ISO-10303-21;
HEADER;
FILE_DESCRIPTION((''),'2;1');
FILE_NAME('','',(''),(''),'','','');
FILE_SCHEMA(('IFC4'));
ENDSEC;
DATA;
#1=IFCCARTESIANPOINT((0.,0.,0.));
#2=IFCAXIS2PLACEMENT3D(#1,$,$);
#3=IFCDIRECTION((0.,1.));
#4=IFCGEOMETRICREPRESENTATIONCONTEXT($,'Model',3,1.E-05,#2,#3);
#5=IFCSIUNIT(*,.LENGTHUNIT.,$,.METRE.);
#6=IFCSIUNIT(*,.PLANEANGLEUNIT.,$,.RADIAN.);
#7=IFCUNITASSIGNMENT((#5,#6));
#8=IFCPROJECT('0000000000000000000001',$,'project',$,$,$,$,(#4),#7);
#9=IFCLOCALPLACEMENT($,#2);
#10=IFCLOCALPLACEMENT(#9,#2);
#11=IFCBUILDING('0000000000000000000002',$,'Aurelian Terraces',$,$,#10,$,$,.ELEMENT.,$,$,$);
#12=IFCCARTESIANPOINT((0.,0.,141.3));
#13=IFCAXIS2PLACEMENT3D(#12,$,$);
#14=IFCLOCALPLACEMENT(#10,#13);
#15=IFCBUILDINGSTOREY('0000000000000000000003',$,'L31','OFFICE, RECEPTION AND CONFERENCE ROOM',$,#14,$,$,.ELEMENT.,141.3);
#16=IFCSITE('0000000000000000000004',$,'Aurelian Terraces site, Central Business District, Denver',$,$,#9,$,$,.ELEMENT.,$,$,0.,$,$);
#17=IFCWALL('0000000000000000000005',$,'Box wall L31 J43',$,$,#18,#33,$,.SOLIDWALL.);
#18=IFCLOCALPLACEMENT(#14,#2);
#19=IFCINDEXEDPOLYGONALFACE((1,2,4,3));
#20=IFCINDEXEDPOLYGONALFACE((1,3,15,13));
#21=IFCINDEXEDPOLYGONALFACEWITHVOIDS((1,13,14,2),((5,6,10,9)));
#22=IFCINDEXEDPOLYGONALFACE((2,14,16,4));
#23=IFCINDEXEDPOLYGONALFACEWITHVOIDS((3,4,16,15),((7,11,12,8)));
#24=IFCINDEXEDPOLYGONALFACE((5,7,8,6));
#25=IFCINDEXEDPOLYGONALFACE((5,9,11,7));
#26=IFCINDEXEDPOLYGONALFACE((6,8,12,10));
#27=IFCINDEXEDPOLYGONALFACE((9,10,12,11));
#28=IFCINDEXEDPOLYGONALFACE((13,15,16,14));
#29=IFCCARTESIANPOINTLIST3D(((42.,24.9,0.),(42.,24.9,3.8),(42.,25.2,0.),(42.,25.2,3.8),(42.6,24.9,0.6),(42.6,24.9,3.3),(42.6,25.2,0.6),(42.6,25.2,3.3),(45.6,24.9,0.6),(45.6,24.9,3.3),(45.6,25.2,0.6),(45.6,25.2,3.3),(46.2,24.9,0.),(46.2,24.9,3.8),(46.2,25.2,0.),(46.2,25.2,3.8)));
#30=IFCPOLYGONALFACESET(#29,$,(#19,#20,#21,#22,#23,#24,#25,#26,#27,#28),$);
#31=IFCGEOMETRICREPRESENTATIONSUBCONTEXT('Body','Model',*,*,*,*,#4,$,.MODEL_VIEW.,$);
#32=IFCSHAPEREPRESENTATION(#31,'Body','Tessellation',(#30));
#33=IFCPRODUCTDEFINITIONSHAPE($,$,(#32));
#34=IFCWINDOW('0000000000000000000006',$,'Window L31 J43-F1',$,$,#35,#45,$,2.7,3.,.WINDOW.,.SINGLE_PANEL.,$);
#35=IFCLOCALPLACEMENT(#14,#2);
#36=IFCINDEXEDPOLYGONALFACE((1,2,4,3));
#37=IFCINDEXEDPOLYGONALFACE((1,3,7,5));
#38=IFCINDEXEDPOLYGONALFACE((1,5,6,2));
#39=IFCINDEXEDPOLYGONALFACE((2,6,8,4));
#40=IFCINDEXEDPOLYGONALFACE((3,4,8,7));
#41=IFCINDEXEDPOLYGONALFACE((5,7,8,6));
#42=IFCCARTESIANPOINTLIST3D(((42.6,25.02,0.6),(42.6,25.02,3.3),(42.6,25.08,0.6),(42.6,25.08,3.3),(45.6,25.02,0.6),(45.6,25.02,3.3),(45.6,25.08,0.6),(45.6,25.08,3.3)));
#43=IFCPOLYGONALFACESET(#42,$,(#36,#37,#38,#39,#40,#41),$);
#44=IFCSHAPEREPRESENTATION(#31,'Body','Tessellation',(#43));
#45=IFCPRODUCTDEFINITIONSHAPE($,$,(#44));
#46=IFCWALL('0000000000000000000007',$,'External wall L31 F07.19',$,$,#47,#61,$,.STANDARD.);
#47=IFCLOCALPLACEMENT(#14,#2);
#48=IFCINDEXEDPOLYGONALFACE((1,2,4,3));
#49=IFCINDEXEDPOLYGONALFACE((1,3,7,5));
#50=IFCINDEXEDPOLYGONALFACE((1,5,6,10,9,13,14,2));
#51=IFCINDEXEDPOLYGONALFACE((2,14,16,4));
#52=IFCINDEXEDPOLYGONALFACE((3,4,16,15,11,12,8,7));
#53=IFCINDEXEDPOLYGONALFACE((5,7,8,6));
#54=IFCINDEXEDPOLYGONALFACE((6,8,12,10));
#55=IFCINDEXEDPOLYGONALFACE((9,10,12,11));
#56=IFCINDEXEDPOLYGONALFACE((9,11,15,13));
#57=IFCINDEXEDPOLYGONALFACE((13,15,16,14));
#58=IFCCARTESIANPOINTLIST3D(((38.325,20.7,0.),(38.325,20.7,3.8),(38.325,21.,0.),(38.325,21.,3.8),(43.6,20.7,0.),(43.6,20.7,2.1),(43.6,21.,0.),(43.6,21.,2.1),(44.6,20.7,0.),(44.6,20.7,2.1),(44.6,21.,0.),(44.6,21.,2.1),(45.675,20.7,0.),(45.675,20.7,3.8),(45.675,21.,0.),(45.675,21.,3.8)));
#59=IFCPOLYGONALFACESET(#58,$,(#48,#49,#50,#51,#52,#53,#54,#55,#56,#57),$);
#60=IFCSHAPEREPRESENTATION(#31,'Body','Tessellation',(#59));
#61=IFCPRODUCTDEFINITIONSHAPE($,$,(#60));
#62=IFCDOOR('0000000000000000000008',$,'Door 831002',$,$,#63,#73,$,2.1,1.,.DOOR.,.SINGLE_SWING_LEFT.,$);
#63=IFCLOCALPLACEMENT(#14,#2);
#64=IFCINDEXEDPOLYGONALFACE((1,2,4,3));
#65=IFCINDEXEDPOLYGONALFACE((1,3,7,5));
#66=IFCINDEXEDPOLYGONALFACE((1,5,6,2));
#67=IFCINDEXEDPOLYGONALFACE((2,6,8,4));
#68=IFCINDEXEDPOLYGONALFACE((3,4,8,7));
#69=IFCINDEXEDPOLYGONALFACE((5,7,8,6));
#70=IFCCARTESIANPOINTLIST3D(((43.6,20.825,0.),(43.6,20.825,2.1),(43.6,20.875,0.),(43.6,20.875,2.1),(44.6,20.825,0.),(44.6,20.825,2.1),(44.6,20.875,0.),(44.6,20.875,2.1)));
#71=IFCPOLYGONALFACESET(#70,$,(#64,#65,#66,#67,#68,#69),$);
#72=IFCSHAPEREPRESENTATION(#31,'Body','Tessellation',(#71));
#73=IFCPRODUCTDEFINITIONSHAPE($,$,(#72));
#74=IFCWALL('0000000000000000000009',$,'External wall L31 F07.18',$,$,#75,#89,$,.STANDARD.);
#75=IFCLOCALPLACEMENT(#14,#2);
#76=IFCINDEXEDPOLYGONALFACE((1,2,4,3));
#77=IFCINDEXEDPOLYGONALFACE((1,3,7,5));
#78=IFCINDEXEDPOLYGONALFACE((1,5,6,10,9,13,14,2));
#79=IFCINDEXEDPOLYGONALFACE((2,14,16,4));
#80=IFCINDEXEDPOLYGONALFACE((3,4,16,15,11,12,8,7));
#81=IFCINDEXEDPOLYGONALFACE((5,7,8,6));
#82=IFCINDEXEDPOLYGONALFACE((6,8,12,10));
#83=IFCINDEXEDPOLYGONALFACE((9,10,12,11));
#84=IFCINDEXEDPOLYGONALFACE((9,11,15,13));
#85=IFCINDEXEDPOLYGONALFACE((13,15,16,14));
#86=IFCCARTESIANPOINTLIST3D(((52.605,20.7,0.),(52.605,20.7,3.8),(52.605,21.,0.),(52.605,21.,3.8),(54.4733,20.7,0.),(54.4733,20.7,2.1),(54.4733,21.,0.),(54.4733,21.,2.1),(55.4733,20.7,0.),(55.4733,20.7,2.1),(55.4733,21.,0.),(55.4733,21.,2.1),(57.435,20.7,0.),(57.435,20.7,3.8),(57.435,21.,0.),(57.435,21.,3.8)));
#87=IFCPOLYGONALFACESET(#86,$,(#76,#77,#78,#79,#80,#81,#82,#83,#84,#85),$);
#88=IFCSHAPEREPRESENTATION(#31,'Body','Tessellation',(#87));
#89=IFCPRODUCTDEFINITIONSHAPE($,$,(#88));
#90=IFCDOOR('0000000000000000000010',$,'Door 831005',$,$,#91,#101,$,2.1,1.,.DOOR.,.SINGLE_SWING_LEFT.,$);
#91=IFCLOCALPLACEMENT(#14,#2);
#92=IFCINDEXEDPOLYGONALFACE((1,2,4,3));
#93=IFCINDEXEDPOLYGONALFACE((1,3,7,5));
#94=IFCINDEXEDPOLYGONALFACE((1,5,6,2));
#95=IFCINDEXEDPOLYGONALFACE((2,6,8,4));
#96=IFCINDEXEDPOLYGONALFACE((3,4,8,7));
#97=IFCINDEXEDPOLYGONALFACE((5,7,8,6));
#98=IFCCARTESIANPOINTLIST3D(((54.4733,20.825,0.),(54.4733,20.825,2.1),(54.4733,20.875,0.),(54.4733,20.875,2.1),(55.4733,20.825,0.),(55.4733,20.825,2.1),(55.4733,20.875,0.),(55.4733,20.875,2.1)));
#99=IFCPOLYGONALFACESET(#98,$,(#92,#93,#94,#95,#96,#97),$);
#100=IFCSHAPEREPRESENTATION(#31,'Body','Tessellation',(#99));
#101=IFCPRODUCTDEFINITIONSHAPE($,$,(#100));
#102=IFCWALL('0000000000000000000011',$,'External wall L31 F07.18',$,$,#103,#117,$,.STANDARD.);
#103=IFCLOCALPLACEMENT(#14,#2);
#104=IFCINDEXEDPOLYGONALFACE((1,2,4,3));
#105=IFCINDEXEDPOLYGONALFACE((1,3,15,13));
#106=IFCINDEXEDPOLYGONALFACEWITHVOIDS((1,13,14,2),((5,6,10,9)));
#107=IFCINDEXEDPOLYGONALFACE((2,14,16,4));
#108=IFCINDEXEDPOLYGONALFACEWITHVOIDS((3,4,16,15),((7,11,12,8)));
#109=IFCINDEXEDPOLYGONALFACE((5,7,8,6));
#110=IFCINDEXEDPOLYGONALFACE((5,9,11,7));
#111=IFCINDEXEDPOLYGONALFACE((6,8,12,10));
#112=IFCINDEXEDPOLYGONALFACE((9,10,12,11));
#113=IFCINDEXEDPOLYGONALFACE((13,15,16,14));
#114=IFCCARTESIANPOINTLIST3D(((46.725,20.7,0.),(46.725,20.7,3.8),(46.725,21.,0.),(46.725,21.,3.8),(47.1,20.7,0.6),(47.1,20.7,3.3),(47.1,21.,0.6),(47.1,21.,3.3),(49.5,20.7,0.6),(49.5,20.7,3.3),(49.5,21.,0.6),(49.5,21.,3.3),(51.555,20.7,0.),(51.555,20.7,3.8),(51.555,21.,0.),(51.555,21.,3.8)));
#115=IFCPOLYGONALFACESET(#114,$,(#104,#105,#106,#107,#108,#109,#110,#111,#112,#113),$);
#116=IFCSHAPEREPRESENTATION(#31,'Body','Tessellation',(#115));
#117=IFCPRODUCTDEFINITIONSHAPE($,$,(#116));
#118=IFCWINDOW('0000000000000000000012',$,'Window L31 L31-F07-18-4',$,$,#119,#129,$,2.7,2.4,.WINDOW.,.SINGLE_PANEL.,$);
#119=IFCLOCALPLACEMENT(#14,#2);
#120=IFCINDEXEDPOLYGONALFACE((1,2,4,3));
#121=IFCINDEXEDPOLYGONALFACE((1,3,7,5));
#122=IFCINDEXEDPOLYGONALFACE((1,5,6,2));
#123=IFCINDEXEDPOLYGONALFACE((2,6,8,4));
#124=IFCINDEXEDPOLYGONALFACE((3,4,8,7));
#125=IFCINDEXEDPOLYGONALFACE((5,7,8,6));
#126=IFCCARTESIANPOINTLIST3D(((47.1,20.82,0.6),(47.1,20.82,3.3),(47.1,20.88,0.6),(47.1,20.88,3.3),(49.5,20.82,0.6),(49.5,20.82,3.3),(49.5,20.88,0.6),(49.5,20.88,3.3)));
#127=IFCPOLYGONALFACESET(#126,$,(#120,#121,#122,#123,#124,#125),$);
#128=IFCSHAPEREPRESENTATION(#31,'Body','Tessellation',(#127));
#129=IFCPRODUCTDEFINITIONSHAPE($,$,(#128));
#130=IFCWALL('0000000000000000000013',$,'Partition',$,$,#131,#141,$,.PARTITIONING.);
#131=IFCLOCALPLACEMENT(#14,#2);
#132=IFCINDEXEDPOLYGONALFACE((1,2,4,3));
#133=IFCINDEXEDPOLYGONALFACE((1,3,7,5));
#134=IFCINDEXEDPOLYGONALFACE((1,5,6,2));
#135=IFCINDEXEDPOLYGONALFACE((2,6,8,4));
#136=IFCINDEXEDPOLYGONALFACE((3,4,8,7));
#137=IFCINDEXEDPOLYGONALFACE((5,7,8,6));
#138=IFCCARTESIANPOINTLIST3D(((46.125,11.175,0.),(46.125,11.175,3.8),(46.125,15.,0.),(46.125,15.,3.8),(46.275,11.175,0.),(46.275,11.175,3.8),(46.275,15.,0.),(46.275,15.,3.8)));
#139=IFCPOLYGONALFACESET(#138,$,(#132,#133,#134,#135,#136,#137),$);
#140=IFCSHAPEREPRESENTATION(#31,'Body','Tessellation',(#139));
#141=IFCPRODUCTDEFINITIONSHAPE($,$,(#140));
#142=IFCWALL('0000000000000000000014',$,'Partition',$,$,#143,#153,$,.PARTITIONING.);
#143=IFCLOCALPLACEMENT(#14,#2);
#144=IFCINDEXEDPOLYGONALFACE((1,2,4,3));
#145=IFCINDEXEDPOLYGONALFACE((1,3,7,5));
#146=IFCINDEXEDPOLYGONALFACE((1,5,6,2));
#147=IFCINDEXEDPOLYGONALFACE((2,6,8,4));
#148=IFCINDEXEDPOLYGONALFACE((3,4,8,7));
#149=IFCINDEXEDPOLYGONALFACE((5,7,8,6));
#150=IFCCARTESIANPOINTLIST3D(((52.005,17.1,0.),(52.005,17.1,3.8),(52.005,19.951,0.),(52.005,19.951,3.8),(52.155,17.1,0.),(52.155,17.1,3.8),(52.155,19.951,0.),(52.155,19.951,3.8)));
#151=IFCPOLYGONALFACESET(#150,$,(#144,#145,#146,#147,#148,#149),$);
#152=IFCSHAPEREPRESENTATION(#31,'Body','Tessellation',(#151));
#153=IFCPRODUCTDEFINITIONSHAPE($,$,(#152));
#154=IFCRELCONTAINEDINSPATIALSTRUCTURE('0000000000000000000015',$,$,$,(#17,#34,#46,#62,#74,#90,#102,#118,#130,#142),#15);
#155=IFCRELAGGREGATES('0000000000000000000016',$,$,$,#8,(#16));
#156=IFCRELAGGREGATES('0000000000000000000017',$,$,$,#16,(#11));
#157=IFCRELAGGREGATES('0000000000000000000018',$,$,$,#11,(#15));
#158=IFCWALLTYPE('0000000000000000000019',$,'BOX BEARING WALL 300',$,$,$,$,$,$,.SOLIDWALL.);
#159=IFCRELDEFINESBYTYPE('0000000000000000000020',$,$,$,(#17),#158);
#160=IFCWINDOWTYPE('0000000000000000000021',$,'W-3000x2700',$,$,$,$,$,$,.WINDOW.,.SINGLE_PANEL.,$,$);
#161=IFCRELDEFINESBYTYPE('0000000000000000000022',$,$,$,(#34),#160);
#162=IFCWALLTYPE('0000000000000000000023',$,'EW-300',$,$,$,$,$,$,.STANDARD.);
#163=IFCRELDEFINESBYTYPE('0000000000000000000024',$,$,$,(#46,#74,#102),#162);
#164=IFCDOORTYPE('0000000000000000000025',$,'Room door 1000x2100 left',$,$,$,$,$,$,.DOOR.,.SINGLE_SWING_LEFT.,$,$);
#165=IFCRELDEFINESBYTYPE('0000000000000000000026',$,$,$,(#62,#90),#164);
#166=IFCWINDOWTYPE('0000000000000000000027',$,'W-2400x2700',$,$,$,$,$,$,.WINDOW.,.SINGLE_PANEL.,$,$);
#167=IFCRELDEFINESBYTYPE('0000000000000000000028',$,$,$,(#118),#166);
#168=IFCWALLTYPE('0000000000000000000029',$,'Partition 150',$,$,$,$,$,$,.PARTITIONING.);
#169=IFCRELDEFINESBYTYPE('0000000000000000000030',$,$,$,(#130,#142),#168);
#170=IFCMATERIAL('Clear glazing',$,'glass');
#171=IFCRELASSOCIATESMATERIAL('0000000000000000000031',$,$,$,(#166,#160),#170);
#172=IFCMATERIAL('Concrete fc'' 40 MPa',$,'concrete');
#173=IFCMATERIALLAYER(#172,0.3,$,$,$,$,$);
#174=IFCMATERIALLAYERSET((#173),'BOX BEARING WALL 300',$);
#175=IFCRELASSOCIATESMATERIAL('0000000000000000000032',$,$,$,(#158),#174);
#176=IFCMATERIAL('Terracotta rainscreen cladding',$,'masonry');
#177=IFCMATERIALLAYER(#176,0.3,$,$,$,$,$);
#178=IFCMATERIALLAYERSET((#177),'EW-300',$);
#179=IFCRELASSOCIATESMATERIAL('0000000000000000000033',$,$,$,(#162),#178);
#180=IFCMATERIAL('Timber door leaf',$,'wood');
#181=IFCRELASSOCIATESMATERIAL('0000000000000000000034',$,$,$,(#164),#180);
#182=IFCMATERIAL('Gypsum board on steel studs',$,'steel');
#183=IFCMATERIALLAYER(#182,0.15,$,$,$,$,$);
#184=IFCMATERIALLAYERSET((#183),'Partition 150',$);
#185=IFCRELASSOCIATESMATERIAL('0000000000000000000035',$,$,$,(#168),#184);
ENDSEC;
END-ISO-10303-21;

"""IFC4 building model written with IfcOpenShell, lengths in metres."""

from ifc_helpers import new_model, si_unit, direction, frame, frame_2d, origin, place, context, subcontext, project, spatial, rectangle, extrude, source, transform, mapped, material, layer, layer_set, type_object, element, fill, save


model = new_model("IFC4")

# Units and contexts
model_context = context("Model", 3, precision=1e-05, world=origin(), true_north=direction((0.0, 1.0)))
body_context = subcontext(model_context, "Body", "Model", "MODEL_VIEW")
ifc_project = project(units=[si_unit("LENGTHUNIT", "METRE"), si_unit("PLANEANGLEUNIT", "RADIAN")], contexts=[model_context])

# Site, building, storey
site_placement = place(None, origin())
site = spatial("IfcSite", under=ifc_project, at=site_placement, Name="Aurelian Terraces site, Central Business District, Denver", CompositionType="ELEMENT", RefElevation=0.0)
building_placement = place(site_placement, origin())
building = spatial("IfcBuilding", under=site, at=building_placement, Name="Aurelian Terraces", CompositionType="ELEMENT")
storey_placement = place(building_placement, frame((0.0, 0.0, 141.3)))
storey = spatial("IfcBuildingStorey", under=building, at=storey_placement, Name="L31", Description="OFFICE, RECEPTION AND CONFERENCE ROOM", CompositionType="ELEMENT", Elevation=141.3)

# Wall, opening, window
ifc_material_1 = material(Name="Concrete fc' 40 MPa", Category="concrete")
ifc_material_2 = material(Name="Clear glazing", Category="glass")
window_type_1 = type_object("IfcWindowType", Name="W-2400x2700", PartitioningType="SINGLE_PANEL", PredefinedType="WINDOW", material=ifc_material_2)
shared_shape_1 = source(origin(), body_context, "Body", "SweptSolid", [
    extrude(rectangle(XDim=2.4, YDim=2.7, at=frame_2d((1.2, 1.35))), frame((0.0, 0.03, 0.0), z_axis=(0.0, -1.0, 0.0), x_axis=(1.0, 0.0, 0.0)), (0.0, 0.0, 1.0), 0.06),
])
ifc_layer_1 = layer(ifc_material_1, 0.3)
ifc_layer_set_1 = layer_set([ifc_layer_1], Name="BOX BEARING WALL 300")
wall_type_1 = type_object("IfcWallType", Name="BOX BEARING WALL 300", PredefinedType="SOLIDWALL", material=ifc_layer_set_1)
shared_shape_2 = source(origin(), body_context, "Body", "SweptSolid", [
    extrude(rectangle(XDim=4.2, YDim=0.3, at=frame_2d((2.1, 0.0))), origin(), (0.0, 0.0, 1.0), 3.8),
])
wall_1_placement = place(storey_placement, frame((46.2, 25.05, 0.0), z_axis=(0.0, 0.0, 1.0), x_axis=(-1.0, 0.0, 0.0)))
wall_1 = element("IfcWall", 1, at=wall_1_placement, inside=storey, type_object=wall_type_1, Name="Box wall L31 J43", PredefinedType="SOLIDWALL", context=body_context, shape_type="MappedRepresentation", body=[
    mapped(shared_shape_2, transform((0.0, 0.0, 0.0), scale=1.0)),
])
shared_shape_3 = source(origin(), body_context, "Body", "SweptSolid", [
    extrude(rectangle(XDim=3.0, YDim=2.7, at=frame_2d((1.5, 1.35))), frame((0.0, 0.16, 0.0), z_axis=(0.0, -1.0, 0.0), x_axis=(1.0, 0.0, 0.0)), (0.0, 0.0, 1.0), 0.32),
])
opening_1_placement = place(wall_1_placement, frame((0.6, 0.0, 0.6)))
opening_1 = element("IfcOpeningElement", 2, at=opening_1_placement, cuts=wall_1, PredefinedType="OPENING", context=body_context, shape_type="MappedRepresentation", body=[
    mapped(shared_shape_3, transform((0.0, 0.0, 0.0), scale=1.0)),
])
window_type_2 = type_object("IfcWindowType", Name="W-3000x2700", PartitioningType="SINGLE_PANEL", PredefinedType="WINDOW", material=ifc_material_2)
shared_shape_4 = source(origin(), body_context, "Body", "SweptSolid", [
    extrude(rectangle(XDim=3.0, YDim=2.7, at=frame_2d((1.5, 1.35))), frame((0.0, 0.03, 0.0), z_axis=(0.0, -1.0, 0.0), x_axis=(1.0, 0.0, 0.0)), (0.0, 0.0, 1.0), 0.06),
])
window_1_placement = place(opening_1_placement, origin())
window_1 = element("IfcWindow", 3, at=window_1_placement, inside=storey, type_object=window_type_2, Name="Window L31 J43-F1", OverallHeight=2.7, OverallWidth=3.0, PartitioningType="SINGLE_PANEL", PredefinedType="WINDOW", context=body_context, shape_type="MappedRepresentation", body=[
    mapped(shared_shape_4, transform((0.0, 0.0, 0.0), scale=1.0)),
])
fill(opening_1, window_1)

# Walls, openings, doors
ifc_material_3 = material(Name="Terracotta rainscreen cladding", Category="masonry")
ifc_layer_2 = layer(ifc_material_3, 0.3)
ifc_layer_set_2 = layer_set([ifc_layer_2], Name="EW-300")
wall_type_2 = type_object("IfcWallType", Name="EW-300", PredefinedType="STANDARD", material=ifc_layer_set_2)
shared_shape_5 = source(origin(), body_context, "Body", "SweptSolid", [
    extrude(rectangle(XDim=7.35, YDim=0.3, at=frame_2d((3.675, 0.0))), origin(), (0.0, 0.0, 1.0), 3.8),
])
wall_2_placement = place(storey_placement, frame((45.675, 20.85, 0.0), z_axis=(0.0, 0.0, 1.0), x_axis=(-1.0, 0.0, 0.0)))
wall_2 = element("IfcWall", 4, at=wall_2_placement, inside=storey, type_object=wall_type_2, Name="External wall L31 F07.19", PredefinedType="STANDARD", context=body_context, shape_type="MappedRepresentation", body=[
    mapped(shared_shape_5, transform((0.0, 0.0, 0.0), scale=1.0)),
])
shared_shape_6 = source(origin(), body_context, "Body", "SweptSolid", [
    extrude(rectangle(XDim=1.0, YDim=2.1, at=frame_2d((0.5, 1.05))), frame((0.0, 0.16, 0.0), z_axis=(0.0, -1.0, 0.0), x_axis=(1.0, 0.0, 0.0)), (0.0, 0.0, 1.0), 0.32),
])
opening_2_placement = place(wall_2_placement, frame((1.075, 0.0, 0.0)))
opening_2 = element("IfcOpeningElement", 5, at=opening_2_placement, cuts=wall_2, PredefinedType="OPENING", context=body_context, shape_type="MappedRepresentation", body=[
    mapped(shared_shape_6, transform((0.0, 0.0, 0.0), scale=1.0)),
])
ifc_material_4 = material(Name="Timber door leaf", Category="wood")
door_type = type_object("IfcDoorType", Name="Room door 1000x2100 left", OperationType="SINGLE_SWING_LEFT", PredefinedType="DOOR", material=ifc_material_4)
shared_shape_7 = source(origin(), body_context, "Body", "SweptSolid", [
    extrude(rectangle(XDim=1.0, YDim=2.1, at=frame_2d((0.5, 1.05))), frame((0.0, 0.025, 0.0), z_axis=(0.0, -1.0, 0.0), x_axis=(1.0, 0.0, 0.0)), (0.0, 0.0, 1.0), 0.05),
])
door_1_placement = place(opening_2_placement, origin())
door_1 = element("IfcDoor", 6, at=door_1_placement, inside=storey, type_object=door_type, Name="Door 831002", OperationType="SINGLE_SWING_LEFT", OverallHeight=2.1, OverallWidth=1.0, PredefinedType="DOOR", context=body_context, shape_type="MappedRepresentation", body=[
    mapped(shared_shape_7, transform((0.0, 0.0, 0.0), scale=1.0)),
])
fill(opening_2, door_1)
shared_shape_8 = source(origin(), body_context, "Body", "SweptSolid", [
    extrude(rectangle(XDim=4.83, YDim=0.3, at=frame_2d((2.415, 0.0))), origin(), (0.0, 0.0, 1.0), 3.8),
])
wall_3_placement = place(storey_placement, frame((57.435, 20.85, 0.0), z_axis=(0.0, 0.0, 1.0), x_axis=(-1.0, 0.0, 0.0)))
wall_3 = element("IfcWall", 7, at=wall_3_placement, inside=storey, type_object=wall_type_2, Name="External wall L31 F07.18", PredefinedType="STANDARD", context=body_context, shape_type="MappedRepresentation", body=[
    mapped(shared_shape_8, transform((0.0, 0.0, 0.0), scale=1.0)),
])
opening_3_placement = place(wall_3_placement, frame((1.9617, 0.0, 0.0)))
opening_3 = element("IfcOpeningElement", 8, at=opening_3_placement, cuts=wall_3, PredefinedType="OPENING", context=body_context, shape_type="MappedRepresentation", body=[
    mapped(shared_shape_6, transform((0.0, 0.0, 0.0), scale=1.0)),
])
door_2_placement = place(opening_3_placement, origin())
door_2 = element("IfcDoor", 9, at=door_2_placement, inside=storey, type_object=door_type, Name="Door 831005", OperationType="SINGLE_SWING_LEFT", OverallHeight=2.1, OverallWidth=1.0, PredefinedType="DOOR", context=body_context, shape_type="MappedRepresentation", body=[
    mapped(shared_shape_7, transform((0.0, 0.0, 0.0), scale=1.0)),
])
fill(opening_3, door_2)

# Wall, opening, window
wall_4_placement = place(storey_placement, frame((51.555, 20.85, 0.0), z_axis=(0.0, 0.0, 1.0), x_axis=(-1.0, 0.0, 0.0)))
wall_4 = element("IfcWall", 10, at=wall_4_placement, inside=storey, type_object=wall_type_2, Name="External wall L31 F07.18", PredefinedType="STANDARD", context=body_context, shape_type="MappedRepresentation", body=[
    mapped(shared_shape_8, transform((0.0, 0.0, 0.0), scale=1.0)),
])
shared_shape_9 = source(origin(), body_context, "Body", "SweptSolid", [
    extrude(rectangle(XDim=2.4, YDim=2.7, at=frame_2d((1.2, 1.35))), frame((0.0, 0.16, 0.0), z_axis=(0.0, -1.0, 0.0), x_axis=(1.0, 0.0, 0.0)), (0.0, 0.0, 1.0), 0.32),
])
opening_4_placement = place(wall_4_placement, frame((2.055, 0.0, 0.6)))
opening_4 = element("IfcOpeningElement", 11, at=opening_4_placement, cuts=wall_4, PredefinedType="OPENING", context=body_context, shape_type="MappedRepresentation", body=[
    mapped(shared_shape_9, transform((0.0, 0.0, 0.0), scale=1.0)),
])
window_2_placement = place(opening_4_placement, origin())
window_2 = element("IfcWindow", 12, at=window_2_placement, inside=storey, type_object=window_type_1, Name="Window L31 L31-F07-18-4", OverallHeight=2.7, OverallWidth=2.4, PartitioningType="SINGLE_PANEL", PredefinedType="WINDOW", context=body_context, shape_type="MappedRepresentation", body=[
    mapped(shared_shape_1, transform((0.0, 0.0, 0.0), scale=1.0)),
])
fill(opening_4, window_2)

# Walls
ifc_material_5 = material(Name="Gypsum board on steel studs", Category="steel")
ifc_layer_3 = layer(ifc_material_5, 0.15)
ifc_layer_set_3 = layer_set([ifc_layer_3], Name="Partition 150")
wall_type_3 = type_object("IfcWallType", Name="Partition 150", PredefinedType="PARTITIONING", material=ifc_layer_set_3)
shared_shape_10 = source(origin(), body_context, "Body", "SweptSolid", [
    extrude(rectangle(XDim=3.825, YDim=0.15, at=frame_2d((1.9125, 0.0))), origin(), (0.0, 0.0, 1.0), 3.8),
])
wall_5_placement = place(storey_placement, frame((46.2, 11.175, 0.0), z_axis=(0.0, 0.0, 1.0), x_axis=(0.0, 1.0, 0.0)))
element("IfcWall", 13, at=wall_5_placement, inside=storey, type_object=wall_type_3, Name="Partition", PredefinedType="PARTITIONING", context=body_context, shape_type="MappedRepresentation", body=[
    mapped(shared_shape_10, transform((0.0, 0.0, 0.0), scale=1.0)),
])
shared_shape_11 = source(origin(), body_context, "Body", "SweptSolid", [
    extrude(rectangle(XDim=2.851, YDim=0.15, at=frame_2d((1.4255, 0.0))), origin(), (0.0, 0.0, 1.0), 3.8),
])
for number, where, z_axis, x_axis, name in (
    (14, (52.08, 19.951, 0.0), (0.0, 0.0, 1.0), (0.0, -1.0, 0.0), "Partition"),
):
    element("IfcWall", number, at=place(storey_placement, frame(where, z_axis=z_axis, x_axis=x_axis)), inside=storey, type_object=wall_type_3, Name=name, PredefinedType="PARTITIONING", context=body_context, shape_type="MappedRepresentation", body=[
        mapped(shared_shape_11, transform((0.0, 0.0, 0.0), scale=1.0)),
    ])

save(model, "model.ifc")
